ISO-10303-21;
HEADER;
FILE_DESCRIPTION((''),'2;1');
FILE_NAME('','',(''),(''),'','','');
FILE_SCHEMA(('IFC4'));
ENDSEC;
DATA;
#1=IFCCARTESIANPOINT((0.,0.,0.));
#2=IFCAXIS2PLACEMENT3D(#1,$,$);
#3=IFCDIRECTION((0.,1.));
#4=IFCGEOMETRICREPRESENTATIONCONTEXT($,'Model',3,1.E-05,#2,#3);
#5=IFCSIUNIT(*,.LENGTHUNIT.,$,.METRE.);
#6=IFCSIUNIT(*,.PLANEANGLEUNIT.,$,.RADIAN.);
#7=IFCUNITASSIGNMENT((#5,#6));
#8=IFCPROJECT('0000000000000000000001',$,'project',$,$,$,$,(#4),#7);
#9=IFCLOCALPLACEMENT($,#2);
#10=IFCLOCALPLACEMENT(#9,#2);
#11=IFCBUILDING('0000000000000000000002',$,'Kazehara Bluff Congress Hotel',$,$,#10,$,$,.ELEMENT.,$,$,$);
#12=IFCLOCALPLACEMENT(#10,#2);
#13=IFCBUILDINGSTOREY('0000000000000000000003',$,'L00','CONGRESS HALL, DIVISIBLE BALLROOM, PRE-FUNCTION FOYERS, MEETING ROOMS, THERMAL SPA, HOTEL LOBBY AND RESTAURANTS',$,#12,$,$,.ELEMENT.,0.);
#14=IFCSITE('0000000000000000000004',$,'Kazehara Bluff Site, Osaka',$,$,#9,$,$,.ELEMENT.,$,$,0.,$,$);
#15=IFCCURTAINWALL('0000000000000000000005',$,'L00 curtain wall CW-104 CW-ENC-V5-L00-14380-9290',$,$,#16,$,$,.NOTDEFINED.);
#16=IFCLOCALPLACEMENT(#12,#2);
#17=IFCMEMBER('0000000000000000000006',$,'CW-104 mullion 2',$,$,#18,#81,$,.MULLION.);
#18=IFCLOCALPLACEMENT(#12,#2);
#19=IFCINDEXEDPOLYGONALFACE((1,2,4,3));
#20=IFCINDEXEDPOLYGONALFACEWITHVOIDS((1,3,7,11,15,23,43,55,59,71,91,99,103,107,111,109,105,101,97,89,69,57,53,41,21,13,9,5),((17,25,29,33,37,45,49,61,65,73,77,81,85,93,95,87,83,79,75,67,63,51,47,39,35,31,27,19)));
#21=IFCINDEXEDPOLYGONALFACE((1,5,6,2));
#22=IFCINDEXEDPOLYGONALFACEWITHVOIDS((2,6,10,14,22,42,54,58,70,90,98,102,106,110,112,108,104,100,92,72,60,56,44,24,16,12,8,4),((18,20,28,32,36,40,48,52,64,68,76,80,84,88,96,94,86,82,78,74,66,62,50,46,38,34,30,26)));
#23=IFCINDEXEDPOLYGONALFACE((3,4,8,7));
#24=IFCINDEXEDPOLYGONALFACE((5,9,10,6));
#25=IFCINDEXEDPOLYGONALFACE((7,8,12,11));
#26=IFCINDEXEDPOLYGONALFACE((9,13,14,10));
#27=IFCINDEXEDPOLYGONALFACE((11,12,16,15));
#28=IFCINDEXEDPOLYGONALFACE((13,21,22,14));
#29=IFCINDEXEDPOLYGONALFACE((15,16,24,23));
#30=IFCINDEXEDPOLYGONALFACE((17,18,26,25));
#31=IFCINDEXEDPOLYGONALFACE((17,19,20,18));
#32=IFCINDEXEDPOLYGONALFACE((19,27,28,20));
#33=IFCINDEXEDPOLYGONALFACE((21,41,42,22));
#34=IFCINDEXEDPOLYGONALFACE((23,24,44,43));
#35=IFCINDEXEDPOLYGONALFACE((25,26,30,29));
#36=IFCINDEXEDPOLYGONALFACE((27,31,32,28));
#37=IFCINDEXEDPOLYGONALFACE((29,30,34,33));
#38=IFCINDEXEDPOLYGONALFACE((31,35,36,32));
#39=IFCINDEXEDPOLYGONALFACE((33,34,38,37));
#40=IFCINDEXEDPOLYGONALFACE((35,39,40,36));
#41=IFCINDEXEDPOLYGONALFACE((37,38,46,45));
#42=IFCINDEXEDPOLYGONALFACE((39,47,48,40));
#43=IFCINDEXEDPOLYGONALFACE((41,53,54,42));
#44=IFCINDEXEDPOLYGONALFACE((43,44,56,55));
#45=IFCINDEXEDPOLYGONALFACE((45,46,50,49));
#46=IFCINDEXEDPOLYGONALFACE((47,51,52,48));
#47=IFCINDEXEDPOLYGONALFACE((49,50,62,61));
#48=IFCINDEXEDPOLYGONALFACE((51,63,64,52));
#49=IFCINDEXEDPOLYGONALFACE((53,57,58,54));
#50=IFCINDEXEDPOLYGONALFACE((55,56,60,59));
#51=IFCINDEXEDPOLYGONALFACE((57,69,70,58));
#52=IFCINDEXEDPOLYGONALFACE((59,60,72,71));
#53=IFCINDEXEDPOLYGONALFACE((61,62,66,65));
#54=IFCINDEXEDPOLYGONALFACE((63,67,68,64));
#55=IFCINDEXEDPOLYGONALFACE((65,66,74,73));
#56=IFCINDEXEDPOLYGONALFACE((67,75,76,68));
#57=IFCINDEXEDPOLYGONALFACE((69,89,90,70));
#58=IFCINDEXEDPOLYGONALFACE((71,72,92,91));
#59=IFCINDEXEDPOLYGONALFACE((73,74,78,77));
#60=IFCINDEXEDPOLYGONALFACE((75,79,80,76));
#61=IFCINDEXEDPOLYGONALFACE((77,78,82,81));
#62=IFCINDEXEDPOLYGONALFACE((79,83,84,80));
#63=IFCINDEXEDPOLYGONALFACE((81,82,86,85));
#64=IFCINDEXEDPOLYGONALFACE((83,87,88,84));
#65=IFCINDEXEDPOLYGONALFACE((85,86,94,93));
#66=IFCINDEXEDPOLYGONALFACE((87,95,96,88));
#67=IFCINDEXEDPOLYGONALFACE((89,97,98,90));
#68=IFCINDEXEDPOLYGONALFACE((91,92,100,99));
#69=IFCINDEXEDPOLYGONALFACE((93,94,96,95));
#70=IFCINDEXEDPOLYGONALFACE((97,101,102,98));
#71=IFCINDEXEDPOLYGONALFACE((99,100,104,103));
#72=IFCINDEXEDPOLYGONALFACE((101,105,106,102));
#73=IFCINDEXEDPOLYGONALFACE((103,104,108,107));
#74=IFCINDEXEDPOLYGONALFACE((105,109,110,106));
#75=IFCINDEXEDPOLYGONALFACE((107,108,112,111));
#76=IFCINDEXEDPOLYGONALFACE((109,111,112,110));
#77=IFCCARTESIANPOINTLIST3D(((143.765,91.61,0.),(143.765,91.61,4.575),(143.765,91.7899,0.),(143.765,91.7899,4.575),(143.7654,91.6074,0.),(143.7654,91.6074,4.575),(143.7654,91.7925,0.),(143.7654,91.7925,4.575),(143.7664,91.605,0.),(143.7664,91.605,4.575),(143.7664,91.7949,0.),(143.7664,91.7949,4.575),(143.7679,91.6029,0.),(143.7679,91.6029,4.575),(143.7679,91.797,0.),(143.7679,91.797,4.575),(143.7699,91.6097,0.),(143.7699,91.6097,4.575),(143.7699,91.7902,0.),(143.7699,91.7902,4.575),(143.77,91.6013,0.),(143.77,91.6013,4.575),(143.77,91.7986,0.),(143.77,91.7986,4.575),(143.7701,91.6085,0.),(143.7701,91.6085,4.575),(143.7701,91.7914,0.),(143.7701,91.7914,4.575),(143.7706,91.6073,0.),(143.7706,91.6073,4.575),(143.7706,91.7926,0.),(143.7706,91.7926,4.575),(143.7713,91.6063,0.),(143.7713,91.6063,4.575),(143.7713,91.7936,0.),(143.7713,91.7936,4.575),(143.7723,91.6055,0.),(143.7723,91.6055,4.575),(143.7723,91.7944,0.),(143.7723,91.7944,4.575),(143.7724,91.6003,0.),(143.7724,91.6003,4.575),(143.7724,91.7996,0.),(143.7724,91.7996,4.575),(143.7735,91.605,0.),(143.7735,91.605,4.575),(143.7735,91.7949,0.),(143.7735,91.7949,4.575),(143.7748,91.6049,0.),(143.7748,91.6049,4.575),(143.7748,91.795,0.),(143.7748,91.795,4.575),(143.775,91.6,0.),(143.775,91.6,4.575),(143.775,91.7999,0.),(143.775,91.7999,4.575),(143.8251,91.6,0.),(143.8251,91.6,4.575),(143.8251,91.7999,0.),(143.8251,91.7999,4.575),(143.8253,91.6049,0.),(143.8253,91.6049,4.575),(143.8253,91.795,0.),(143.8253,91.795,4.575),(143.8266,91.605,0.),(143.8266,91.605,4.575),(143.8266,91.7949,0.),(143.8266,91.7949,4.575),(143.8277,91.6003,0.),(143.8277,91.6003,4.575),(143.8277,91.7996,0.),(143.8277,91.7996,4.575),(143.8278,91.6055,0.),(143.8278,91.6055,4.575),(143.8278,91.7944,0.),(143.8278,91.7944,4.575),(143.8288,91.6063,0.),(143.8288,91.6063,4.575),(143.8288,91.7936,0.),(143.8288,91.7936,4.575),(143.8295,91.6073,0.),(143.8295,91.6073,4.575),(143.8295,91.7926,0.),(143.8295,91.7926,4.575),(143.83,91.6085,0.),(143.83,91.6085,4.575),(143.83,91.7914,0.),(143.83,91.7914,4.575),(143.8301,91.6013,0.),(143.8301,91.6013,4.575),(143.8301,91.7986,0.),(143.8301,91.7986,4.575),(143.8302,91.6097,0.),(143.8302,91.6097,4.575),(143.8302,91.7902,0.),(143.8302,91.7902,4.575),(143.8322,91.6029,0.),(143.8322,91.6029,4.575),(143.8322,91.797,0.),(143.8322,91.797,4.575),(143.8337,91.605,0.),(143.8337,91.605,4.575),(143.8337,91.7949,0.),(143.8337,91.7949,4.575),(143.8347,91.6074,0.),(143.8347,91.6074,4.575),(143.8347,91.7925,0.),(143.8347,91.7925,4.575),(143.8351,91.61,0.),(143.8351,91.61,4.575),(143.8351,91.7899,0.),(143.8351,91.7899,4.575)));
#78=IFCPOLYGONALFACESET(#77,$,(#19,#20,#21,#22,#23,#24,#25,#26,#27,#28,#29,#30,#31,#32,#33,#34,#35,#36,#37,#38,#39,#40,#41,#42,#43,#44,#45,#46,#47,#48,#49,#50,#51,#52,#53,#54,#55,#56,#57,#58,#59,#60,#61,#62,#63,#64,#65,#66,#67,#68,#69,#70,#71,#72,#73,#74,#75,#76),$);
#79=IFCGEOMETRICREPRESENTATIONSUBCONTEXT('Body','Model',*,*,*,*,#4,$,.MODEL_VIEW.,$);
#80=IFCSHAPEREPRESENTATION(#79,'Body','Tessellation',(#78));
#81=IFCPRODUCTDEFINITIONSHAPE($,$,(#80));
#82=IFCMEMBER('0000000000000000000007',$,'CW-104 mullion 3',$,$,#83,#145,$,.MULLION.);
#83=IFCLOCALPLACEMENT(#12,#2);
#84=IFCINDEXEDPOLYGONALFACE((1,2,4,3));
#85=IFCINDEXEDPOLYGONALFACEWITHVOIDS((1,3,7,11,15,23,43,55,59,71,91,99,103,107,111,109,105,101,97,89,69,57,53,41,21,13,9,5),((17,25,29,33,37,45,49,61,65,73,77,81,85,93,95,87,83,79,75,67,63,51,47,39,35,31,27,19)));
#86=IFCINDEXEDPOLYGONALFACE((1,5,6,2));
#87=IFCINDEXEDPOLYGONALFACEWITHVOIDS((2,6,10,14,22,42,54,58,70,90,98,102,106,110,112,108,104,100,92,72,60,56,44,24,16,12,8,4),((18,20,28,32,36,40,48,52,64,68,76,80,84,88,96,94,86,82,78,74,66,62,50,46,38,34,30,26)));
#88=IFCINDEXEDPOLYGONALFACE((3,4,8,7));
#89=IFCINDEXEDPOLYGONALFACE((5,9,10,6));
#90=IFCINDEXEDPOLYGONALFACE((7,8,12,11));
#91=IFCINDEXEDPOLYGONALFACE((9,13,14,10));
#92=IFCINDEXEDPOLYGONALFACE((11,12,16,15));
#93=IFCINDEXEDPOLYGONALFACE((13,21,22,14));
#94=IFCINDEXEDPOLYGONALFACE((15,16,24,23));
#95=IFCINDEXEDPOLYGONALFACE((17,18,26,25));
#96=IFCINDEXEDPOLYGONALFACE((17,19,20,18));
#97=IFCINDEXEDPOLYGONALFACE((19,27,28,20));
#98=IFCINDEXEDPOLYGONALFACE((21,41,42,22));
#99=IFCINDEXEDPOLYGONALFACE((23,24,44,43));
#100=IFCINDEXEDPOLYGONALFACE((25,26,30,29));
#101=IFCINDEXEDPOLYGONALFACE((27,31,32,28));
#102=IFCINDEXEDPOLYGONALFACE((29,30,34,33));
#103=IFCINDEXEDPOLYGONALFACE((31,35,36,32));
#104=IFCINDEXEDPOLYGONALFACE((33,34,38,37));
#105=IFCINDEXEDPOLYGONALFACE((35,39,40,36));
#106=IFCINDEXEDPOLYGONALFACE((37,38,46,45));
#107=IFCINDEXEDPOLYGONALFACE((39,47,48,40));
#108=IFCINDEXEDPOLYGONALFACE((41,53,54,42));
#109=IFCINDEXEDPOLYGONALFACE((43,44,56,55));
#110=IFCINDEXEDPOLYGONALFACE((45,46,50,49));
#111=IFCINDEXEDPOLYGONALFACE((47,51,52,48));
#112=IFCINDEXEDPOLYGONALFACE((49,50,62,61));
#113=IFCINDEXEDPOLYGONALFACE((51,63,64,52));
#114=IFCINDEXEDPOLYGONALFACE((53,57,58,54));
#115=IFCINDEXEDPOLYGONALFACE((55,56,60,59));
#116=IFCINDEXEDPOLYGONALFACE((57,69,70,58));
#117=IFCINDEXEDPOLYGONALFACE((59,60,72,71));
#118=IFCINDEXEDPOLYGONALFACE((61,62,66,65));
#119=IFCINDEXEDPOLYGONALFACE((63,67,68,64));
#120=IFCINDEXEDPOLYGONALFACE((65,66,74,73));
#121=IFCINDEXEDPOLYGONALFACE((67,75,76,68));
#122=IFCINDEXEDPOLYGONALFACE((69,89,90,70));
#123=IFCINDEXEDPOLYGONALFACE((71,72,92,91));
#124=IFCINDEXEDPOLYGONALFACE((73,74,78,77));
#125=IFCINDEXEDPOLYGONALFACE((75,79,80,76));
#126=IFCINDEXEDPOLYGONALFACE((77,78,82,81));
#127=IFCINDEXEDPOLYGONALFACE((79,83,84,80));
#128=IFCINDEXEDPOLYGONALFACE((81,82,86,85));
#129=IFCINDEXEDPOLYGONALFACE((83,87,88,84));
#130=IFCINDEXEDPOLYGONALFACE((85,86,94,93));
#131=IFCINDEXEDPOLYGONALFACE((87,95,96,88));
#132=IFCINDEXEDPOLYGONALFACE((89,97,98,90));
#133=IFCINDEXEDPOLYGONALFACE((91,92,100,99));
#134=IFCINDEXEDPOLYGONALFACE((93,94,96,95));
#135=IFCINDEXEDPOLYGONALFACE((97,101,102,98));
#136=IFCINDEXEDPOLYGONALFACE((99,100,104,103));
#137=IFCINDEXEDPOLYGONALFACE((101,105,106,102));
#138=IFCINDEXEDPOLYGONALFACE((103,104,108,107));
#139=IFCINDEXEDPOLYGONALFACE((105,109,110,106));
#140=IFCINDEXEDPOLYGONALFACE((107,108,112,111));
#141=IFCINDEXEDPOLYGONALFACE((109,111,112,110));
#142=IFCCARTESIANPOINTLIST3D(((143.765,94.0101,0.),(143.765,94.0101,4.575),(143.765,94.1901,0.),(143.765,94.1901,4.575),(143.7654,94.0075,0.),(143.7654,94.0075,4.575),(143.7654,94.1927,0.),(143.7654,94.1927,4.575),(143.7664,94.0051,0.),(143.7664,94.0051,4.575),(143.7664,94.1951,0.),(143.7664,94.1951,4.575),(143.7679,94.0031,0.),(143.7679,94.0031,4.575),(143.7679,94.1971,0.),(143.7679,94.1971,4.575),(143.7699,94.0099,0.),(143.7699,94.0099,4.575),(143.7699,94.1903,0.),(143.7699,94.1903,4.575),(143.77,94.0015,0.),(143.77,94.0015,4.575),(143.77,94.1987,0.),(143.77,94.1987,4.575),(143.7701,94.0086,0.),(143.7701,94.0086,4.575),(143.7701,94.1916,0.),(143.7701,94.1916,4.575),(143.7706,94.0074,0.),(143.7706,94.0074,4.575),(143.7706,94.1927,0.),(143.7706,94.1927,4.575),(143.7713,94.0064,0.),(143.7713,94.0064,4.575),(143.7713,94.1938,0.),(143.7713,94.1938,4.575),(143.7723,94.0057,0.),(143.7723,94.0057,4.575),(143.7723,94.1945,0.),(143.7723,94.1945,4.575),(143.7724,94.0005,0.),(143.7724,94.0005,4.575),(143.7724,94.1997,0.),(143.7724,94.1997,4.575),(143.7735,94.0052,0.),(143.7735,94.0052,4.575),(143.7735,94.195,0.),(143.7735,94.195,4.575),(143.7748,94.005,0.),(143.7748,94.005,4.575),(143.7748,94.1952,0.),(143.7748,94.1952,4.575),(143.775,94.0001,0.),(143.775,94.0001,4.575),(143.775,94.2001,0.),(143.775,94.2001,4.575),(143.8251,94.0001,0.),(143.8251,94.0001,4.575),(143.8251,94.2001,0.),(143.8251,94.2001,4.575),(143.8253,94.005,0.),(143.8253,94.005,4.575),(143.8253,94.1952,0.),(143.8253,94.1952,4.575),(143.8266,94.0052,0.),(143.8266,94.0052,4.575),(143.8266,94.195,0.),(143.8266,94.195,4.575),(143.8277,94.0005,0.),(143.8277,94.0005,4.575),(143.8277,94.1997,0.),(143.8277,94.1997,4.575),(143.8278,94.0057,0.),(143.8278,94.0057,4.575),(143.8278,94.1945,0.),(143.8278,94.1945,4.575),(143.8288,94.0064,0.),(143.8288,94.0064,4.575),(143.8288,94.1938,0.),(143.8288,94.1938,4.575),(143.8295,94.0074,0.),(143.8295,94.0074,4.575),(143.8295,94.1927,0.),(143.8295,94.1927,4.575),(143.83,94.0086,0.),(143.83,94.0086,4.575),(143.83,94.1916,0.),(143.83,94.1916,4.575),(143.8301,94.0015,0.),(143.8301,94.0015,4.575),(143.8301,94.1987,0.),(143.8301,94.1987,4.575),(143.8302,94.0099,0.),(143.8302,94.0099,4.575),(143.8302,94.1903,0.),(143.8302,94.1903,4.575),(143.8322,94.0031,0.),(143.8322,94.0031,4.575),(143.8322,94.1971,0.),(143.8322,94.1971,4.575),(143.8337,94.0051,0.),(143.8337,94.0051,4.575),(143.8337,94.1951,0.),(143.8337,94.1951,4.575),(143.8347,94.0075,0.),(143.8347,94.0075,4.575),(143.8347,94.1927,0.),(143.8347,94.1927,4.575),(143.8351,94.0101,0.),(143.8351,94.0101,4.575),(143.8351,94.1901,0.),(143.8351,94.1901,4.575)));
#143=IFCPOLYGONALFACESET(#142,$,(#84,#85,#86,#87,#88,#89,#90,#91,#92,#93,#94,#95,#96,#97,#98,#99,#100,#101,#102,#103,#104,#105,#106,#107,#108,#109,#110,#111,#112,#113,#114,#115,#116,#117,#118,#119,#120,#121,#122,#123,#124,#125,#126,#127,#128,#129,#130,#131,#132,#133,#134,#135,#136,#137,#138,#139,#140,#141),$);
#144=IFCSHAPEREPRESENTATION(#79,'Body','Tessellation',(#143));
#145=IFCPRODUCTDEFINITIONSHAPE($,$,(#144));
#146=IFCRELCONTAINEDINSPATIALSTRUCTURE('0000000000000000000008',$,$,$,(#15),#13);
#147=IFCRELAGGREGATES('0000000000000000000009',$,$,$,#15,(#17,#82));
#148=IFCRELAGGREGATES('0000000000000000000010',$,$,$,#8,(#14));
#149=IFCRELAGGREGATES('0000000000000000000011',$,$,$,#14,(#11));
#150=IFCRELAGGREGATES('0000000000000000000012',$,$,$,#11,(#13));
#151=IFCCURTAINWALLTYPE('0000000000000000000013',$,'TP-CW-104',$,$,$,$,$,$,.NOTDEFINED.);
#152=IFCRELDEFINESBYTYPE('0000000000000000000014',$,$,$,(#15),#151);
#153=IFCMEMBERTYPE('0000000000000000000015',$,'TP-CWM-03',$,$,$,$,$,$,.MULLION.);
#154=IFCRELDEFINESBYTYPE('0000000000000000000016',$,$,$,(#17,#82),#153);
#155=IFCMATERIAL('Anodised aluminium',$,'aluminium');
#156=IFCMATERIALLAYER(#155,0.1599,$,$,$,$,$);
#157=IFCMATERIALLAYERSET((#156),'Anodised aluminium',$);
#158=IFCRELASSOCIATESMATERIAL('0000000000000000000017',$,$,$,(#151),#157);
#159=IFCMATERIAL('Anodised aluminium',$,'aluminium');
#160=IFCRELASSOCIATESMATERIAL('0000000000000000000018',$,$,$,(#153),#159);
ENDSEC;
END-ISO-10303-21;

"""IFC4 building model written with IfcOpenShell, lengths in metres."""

from ifc_helpers import new_model, si_unit, direction, frame, origin, origin_2d, place, context, subcontext, project, spatial, hollow_rectangle, extrude, material, layer, layer_set, material_profile, profile_set, type_object, element, aggregate, save


model = new_model("IFC4")

# Units and contexts
model_context = context("Model", 3, precision=1e-05, world=origin(), true_north=direction((0.0, 1.0)))
body_context = subcontext(model_context, "Body", "Model", "MODEL_VIEW")
ifc_project = project(units=[si_unit("LENGTHUNIT", "METRE"), si_unit("PLANEANGLEUNIT", "RADIAN")], contexts=[model_context])

# Site, building, storey
site_placement = place(None, origin())
site = spatial("IfcSite", under=ifc_project, at=site_placement, Name="Kazehara Bluff Site, Osaka", CompositionType="ELEMENT", RefElevation=0.0)
building_placement = place(site_placement, origin())
building = spatial("IfcBuilding", under=site, at=building_placement, Name="Kazehara Bluff Congress Hotel", CompositionType="ELEMENT")
storey_placement = place(building_placement, origin())
storey = spatial("IfcBuildingStorey", under=building, at=storey_placement, Name="L00", Description="CONGRESS HALL, DIVISIBLE BALLROOM, PRE-FUNCTION FOYERS, MEETING ROOMS, THERMAL SPA, HOTEL LOBBY AND RESTAURANTS", CompositionType="ELEMENT", Elevation=0.0)

# Curtain wall, members
ifc_material_1 = material(Name="Anodised aluminium", Category="aluminium")
ifc_layer_1 = layer(ifc_material_1, 0.1599)
ifc_layer_set_1 = layer_set([ifc_layer_1], Name="Anodised aluminium")
curtain_wall_type_1 = type_object("IfcCurtainWallType", Name="TP-CW-104", PredefinedType="NOTDEFINED", material=ifc_layer_set_1)
curtain_wall_1_placement = place(storey_placement, origin())
curtain_wall_1 = element("IfcCurtainWall", 1, at=curtain_wall_1_placement, inside=storey, type_object=curtain_wall_type_1, Name="L00 curtain wall CW-104 CW-ENC-V5-L00-14380-9290", PredefinedType="NOTDEFINED")
ifc_material_2 = material(Name="Anodised aluminium", Category="aluminium")
ifc_material_profile_1 = material_profile(ifc_material_2, hollow_rectangle(XDim=0.0701, YDim=0.2, WallThickness=0.0049, InnerFilletRadius=0.0049, OuterFilletRadius=0.01, at=origin_2d()))
ifc_profile_set_1 = profile_set([ifc_material_profile_1], Name="Anodised aluminium")
member_type_1 = type_object("IfcMemberType", Name="TP-CWM-03", PredefinedType="MULLION", material=ifc_profile_set_1)
member_1_placement = place(storey_placement, frame((143.8, 91.7, 0.0), z_axis=(0.0, 0.0, 1.0), x_axis=(-1.0, 0.0, 0.0)))
member_1 = element("IfcMember", 2, at=member_1_placement, type_object=member_type_1, Name="CW-104 mullion 2", PredefinedType="MULLION", context=body_context, shape_type="SweptSolid", body=[
    extrude(hollow_rectangle(XDim=0.0701, YDim=0.2, WallThickness=0.0049, InnerFilletRadius=0.0049, OuterFilletRadius=0.01, at=origin_2d()), origin(), (0.0, 0.0, 1.0), 4.575),
])
member_2_placement = place(storey_placement, frame((143.8, 94.1001, 0.0), z_axis=(0.0, 0.0, 1.0), x_axis=(-1.0, 0.0, 0.0)))
member_2 = element("IfcMember", 3, at=member_2_placement, type_object=member_type_1, Name="CW-104 mullion 3", PredefinedType="MULLION", context=body_context, shape_type="SweptSolid", body=[
    extrude(hollow_rectangle(XDim=0.0701, YDim=0.2, WallThickness=0.0049, InnerFilletRadius=0.0049, OuterFilletRadius=0.01, at=origin_2d()), origin(), (0.0, 0.0, 1.0), 4.575),
])

aggregate(curtain_wall_1, [member_1, member_2])

save(model, "model.ifc")
